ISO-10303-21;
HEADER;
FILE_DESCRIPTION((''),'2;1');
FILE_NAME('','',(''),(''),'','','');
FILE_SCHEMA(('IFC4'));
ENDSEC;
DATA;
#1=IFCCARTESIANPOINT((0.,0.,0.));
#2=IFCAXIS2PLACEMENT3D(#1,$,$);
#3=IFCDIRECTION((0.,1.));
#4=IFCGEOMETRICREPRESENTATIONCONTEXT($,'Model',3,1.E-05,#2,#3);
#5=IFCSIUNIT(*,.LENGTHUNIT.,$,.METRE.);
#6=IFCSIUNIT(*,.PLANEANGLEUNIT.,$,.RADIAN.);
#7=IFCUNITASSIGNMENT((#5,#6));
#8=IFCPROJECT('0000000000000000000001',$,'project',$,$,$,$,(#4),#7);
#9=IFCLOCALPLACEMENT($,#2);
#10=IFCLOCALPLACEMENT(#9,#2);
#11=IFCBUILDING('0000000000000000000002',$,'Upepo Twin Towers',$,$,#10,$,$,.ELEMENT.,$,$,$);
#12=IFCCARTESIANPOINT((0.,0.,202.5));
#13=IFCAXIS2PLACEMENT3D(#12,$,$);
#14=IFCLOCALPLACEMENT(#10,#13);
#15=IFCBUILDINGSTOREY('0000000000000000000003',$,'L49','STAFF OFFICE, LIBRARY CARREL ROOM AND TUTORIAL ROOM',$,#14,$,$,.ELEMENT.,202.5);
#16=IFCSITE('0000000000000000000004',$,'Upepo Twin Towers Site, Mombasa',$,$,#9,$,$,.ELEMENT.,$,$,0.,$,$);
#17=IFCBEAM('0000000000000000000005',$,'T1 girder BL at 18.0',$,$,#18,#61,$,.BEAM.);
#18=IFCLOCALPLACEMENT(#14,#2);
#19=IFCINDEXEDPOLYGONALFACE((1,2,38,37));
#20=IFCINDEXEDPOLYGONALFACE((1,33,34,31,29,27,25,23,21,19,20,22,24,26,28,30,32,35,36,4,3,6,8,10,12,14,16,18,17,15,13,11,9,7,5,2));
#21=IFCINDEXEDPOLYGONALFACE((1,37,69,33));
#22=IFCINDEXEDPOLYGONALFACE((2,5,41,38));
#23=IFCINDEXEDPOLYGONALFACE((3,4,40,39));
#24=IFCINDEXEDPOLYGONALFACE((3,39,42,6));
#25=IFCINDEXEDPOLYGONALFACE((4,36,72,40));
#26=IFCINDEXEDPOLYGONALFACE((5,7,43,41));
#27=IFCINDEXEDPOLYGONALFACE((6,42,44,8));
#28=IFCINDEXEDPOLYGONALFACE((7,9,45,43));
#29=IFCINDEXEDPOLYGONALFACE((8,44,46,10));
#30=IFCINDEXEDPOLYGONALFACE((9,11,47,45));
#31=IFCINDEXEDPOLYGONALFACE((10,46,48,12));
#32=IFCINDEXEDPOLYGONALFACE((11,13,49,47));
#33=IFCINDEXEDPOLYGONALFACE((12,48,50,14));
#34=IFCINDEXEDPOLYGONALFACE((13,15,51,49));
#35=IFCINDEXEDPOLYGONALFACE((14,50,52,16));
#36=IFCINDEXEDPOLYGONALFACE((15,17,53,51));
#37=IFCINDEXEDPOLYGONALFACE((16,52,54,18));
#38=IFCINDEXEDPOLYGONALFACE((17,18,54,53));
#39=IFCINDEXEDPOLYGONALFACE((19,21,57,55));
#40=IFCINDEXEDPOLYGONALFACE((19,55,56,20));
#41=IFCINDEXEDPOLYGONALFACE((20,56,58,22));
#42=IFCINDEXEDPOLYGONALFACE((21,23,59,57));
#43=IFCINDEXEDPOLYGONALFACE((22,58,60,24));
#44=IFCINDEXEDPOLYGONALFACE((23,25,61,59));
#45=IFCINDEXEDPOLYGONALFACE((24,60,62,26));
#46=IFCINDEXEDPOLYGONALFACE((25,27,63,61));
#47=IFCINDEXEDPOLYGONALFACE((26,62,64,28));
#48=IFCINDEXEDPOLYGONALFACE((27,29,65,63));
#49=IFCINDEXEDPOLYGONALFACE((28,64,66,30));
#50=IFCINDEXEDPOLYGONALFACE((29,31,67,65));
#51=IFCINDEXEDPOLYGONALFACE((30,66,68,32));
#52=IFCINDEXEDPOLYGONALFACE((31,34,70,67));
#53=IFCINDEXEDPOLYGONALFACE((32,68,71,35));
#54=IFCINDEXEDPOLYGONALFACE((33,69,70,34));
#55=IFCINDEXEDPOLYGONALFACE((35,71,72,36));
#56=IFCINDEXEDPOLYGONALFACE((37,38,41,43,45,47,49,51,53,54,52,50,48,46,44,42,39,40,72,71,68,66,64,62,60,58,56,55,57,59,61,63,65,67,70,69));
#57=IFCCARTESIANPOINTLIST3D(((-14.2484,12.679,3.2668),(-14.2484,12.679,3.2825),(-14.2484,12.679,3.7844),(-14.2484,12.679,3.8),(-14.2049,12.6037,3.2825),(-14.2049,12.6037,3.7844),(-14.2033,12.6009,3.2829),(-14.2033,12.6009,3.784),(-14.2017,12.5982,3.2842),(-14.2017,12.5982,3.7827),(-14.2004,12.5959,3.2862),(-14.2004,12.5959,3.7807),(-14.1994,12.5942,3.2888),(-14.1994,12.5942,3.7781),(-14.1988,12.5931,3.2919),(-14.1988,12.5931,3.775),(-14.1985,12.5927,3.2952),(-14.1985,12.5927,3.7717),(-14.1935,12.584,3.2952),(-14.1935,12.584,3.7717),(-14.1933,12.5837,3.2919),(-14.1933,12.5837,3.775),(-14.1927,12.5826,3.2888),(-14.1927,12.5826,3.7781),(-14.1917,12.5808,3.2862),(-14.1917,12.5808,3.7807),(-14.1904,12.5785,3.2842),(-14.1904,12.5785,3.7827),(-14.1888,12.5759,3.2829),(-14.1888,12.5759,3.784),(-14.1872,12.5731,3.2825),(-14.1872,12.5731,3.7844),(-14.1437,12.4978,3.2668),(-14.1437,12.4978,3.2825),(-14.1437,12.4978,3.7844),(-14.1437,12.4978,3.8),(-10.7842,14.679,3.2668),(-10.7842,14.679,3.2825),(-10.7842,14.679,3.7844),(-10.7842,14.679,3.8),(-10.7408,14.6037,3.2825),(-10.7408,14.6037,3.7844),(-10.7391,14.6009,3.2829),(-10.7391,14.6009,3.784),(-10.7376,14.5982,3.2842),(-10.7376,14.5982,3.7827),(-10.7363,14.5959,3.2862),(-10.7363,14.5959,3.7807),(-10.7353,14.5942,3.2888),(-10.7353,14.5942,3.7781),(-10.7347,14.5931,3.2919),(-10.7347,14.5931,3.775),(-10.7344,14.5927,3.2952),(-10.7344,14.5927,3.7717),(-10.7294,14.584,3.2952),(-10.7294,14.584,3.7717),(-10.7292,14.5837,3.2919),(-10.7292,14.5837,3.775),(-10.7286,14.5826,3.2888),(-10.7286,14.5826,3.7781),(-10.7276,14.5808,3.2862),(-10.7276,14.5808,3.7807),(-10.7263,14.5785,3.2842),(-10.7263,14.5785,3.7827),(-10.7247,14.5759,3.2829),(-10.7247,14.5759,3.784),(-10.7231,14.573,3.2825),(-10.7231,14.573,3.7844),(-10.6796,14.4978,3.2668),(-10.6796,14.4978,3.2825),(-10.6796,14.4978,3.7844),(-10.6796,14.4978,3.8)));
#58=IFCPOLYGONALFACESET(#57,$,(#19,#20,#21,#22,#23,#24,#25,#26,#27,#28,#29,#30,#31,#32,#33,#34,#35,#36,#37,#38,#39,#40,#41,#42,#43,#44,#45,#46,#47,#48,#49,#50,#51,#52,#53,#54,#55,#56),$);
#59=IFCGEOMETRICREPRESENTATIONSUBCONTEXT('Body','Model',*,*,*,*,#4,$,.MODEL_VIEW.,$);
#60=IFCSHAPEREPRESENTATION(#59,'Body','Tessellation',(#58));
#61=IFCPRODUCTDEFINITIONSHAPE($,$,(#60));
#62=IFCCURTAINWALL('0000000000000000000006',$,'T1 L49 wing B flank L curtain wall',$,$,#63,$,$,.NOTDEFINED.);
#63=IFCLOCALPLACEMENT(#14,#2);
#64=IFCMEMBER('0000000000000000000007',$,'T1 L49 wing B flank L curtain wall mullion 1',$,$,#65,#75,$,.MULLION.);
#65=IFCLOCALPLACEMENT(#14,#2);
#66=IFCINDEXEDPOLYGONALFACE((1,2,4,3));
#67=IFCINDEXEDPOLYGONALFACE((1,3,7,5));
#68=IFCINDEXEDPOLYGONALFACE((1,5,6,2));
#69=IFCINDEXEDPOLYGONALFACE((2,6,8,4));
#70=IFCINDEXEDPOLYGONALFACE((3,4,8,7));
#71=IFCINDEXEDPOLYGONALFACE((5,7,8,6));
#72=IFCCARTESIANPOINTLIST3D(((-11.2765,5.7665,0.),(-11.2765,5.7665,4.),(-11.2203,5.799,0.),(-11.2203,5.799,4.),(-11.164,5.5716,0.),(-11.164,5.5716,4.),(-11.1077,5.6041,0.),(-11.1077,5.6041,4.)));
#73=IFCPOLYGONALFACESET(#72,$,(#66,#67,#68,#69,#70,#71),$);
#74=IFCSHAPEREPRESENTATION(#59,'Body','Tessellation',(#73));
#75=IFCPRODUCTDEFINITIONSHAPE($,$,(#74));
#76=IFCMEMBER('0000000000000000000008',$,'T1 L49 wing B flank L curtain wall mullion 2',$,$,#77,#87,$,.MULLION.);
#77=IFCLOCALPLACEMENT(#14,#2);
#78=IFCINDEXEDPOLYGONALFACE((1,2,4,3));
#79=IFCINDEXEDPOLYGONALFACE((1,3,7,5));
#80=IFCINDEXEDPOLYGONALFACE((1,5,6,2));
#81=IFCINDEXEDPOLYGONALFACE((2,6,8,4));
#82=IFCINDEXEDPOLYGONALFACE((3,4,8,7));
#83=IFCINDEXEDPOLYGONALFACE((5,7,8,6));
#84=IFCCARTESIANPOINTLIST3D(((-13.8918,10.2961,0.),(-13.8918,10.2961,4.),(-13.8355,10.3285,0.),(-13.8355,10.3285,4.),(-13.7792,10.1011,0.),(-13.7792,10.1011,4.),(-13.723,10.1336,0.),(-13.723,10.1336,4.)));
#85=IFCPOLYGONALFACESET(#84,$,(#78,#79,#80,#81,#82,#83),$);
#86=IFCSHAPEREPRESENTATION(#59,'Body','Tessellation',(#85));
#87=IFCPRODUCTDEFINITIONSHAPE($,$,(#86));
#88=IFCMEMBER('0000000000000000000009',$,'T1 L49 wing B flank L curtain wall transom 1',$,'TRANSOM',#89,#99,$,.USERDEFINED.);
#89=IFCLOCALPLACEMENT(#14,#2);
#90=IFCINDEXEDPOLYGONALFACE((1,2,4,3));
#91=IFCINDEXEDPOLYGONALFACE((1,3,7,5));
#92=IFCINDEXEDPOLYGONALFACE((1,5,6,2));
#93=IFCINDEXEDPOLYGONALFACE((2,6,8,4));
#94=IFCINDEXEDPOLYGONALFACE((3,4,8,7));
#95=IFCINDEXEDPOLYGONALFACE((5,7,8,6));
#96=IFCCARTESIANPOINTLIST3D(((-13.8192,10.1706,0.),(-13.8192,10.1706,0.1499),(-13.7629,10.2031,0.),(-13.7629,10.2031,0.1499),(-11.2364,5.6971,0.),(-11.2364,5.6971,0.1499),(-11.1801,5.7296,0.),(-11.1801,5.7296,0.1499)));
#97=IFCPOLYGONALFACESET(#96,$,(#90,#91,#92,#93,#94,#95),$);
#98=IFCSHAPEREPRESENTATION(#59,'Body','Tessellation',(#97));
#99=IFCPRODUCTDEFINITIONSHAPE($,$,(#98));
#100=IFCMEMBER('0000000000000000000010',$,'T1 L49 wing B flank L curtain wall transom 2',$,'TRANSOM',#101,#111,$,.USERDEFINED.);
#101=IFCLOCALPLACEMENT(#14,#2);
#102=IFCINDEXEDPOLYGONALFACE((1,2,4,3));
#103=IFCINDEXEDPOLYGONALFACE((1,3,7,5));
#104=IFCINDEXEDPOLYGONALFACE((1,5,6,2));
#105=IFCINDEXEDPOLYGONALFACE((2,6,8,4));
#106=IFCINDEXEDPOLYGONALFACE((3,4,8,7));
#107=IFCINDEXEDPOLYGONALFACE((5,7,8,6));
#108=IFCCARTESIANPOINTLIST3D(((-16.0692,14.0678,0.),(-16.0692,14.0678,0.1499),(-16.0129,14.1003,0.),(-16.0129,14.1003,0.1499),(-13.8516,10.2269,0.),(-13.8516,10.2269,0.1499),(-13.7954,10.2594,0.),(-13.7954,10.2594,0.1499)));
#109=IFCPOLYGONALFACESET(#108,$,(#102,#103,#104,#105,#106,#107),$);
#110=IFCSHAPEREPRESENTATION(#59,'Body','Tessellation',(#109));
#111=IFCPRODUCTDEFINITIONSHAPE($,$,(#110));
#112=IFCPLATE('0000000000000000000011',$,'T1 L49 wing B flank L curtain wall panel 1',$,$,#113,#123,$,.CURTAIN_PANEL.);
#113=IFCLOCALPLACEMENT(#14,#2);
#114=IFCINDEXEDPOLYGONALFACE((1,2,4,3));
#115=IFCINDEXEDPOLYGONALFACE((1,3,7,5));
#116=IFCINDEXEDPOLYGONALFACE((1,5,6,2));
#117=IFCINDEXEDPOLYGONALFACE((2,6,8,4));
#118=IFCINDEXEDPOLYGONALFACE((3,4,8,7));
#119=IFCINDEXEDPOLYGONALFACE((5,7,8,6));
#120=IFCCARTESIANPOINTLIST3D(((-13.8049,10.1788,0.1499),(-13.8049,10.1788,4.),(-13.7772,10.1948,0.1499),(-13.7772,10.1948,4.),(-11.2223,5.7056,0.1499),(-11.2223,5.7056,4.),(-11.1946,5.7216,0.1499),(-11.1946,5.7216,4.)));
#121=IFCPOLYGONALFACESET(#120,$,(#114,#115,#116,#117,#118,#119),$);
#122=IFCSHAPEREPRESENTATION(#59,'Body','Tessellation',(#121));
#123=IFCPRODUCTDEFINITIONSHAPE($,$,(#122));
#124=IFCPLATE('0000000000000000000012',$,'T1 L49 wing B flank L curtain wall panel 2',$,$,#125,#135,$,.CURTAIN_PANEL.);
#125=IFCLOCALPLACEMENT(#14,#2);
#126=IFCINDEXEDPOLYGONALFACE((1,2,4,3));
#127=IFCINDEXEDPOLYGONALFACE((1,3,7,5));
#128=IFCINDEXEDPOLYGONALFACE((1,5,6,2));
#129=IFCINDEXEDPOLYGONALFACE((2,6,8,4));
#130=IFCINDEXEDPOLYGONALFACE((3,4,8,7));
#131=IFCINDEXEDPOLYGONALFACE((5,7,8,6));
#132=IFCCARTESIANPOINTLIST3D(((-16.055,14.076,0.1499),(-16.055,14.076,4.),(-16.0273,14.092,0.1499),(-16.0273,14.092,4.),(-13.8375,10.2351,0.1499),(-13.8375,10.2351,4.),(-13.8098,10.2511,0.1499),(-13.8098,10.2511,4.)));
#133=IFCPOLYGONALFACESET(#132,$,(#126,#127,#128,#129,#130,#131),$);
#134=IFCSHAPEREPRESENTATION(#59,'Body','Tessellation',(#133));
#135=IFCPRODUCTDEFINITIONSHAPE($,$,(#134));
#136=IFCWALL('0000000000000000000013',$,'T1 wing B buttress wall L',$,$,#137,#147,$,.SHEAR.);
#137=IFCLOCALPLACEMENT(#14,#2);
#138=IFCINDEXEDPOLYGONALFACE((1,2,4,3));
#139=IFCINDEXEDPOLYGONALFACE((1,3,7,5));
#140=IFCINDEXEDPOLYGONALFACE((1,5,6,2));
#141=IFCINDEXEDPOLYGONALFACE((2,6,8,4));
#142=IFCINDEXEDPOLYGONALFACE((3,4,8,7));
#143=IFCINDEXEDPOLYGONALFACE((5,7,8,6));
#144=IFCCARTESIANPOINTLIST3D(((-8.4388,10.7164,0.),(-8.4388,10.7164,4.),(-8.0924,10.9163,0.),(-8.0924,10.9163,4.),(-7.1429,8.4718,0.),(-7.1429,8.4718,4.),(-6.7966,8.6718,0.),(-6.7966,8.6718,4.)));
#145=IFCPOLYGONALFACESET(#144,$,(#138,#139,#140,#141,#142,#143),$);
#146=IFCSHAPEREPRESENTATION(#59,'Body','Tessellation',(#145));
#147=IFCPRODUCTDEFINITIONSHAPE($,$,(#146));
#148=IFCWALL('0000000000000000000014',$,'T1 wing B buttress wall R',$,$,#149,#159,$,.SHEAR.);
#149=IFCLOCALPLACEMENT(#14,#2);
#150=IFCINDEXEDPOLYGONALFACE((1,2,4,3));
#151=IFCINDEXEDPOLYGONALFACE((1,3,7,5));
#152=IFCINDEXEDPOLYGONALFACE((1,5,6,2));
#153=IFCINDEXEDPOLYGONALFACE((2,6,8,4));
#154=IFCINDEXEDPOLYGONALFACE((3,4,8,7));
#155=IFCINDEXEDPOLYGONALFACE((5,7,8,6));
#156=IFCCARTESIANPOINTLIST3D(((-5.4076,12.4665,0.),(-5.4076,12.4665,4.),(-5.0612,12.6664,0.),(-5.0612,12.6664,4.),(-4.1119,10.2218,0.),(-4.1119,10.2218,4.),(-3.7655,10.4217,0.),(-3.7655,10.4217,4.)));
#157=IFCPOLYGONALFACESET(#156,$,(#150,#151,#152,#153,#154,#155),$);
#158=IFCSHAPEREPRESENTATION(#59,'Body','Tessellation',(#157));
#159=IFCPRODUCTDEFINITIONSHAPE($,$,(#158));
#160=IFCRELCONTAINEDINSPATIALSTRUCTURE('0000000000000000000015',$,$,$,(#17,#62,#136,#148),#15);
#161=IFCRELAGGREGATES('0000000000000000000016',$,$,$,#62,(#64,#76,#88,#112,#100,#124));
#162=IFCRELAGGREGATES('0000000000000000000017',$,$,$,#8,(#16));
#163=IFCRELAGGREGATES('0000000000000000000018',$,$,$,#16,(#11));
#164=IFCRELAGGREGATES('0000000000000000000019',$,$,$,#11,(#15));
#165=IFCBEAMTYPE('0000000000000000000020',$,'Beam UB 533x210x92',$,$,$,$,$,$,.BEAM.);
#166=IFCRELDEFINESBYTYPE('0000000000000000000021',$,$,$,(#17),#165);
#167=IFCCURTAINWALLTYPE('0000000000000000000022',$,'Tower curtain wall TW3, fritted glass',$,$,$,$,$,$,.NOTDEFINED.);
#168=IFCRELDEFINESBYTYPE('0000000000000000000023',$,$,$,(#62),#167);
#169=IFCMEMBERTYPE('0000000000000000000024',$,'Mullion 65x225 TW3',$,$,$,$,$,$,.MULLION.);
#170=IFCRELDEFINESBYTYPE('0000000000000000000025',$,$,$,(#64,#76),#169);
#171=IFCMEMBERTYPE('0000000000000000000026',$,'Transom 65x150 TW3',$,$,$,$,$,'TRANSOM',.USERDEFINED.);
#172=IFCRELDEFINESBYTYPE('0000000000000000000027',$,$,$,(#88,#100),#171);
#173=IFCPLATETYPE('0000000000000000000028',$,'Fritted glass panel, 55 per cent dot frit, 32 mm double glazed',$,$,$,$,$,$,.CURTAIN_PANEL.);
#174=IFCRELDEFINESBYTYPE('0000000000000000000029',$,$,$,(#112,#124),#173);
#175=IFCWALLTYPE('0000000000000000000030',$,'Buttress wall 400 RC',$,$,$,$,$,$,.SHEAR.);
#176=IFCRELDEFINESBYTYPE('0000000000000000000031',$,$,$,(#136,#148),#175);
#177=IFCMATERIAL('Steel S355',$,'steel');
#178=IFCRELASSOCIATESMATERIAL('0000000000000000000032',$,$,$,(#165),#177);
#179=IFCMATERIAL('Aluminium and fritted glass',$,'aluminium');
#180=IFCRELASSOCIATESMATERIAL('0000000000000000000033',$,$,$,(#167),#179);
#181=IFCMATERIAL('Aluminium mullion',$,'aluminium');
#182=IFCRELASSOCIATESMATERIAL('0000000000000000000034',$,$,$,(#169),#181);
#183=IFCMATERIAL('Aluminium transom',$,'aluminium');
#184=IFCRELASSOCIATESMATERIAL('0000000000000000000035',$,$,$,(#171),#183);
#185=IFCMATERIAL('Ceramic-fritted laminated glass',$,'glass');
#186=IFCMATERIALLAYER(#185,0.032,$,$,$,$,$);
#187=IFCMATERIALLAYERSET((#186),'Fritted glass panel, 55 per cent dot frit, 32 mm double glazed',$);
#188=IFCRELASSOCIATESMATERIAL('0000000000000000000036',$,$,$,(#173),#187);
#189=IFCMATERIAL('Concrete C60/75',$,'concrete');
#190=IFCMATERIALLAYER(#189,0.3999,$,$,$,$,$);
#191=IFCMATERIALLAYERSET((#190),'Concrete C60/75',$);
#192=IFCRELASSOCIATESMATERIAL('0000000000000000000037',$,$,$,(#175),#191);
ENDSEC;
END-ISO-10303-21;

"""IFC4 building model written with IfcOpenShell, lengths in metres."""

from ifc_helpers import new_model, si_unit, direction, frame, frame_2d, origin, origin_2d, place, context, subcontext, project, spatial, rectangle, i_section, extrude, material, layer, layer_set, material_profile, profile_set, type_object, element, aggregate, save


model = new_model("IFC4")

# Units and contexts
model_context = context("Model", 3, precision=1e-05, world=origin(), true_north=direction((0.0, 1.0)))
body_context = subcontext(model_context, "Body", "Model", "MODEL_VIEW")
ifc_project = project(units=[si_unit("LENGTHUNIT", "METRE"), si_unit("PLANEANGLEUNIT", "RADIAN")], contexts=[model_context])

# Site, building, storey
site_placement = place(None, origin())
site = spatial("IfcSite", under=ifc_project, at=site_placement, Name="Upepo Twin Towers Site, Mombasa", CompositionType="ELEMENT", RefElevation=0.0)
building_placement = place(site_placement, origin())
building = spatial("IfcBuilding", under=site, at=building_placement, Name="Upepo Twin Towers", CompositionType="ELEMENT")
storey_placement = place(building_placement, frame((0.0, 0.0, 202.5)))
storey = spatial("IfcBuildingStorey", under=building, at=storey_placement, Name="L49", Description="STAFF OFFICE, LIBRARY CARREL ROOM AND TUTORIAL ROOM", CompositionType="ELEMENT", Elevation=202.5)

# Beam
ifc_material_1 = material(Name="Steel S355", Category="steel")
ifc_material_profile_1 = material_profile(ifc_material_1, i_section(OverallWidth=0.2092, OverallDepth=0.5332, WebThickness=0.01, FlangeThickness=0.0156, FilletRadius=0.0127, at=origin_2d()), Name="UB 533x210x92")
ifc_profile_set_1 = profile_set([ifc_material_profile_1], Name="Steel S355")
beam_type_1 = type_object("IfcBeamType", Name="Beam UB 533x210x92", PredefinedType="BEAM", material=ifc_profile_set_1)
for number, where, z_axis, x_axis, name in (
    (1, (-14.196, 12.5884, 3.5334), (0.866026, 0.499999, 0.0), (-0.499999, 0.866026, 0.0), "T1 girder BL at 18.0"),
):
    element("IfcBeam", number, at=place(storey_placement, frame(where, z_axis=z_axis, x_axis=x_axis)), inside=storey, type_object=beam_type_1, Name=name, PredefinedType="BEAM", context=body_context, shape_type="SweptSolid", body=[
        extrude(i_section(OverallWidth=0.2092, OverallDepth=0.5332, WebThickness=0.01, FlangeThickness=0.0156, FilletRadius=0.0127, at=origin_2d()), origin(), (0.0, 0.0, 1.0), 4.0),
    ])

# Curtain wall, members, plates
ifc_material_2 = material(Name="Aluminium and fritted glass", Category="aluminium")
curtain_wall_type = type_object("IfcCurtainWallType", Name="Tower curtain wall TW3, fritted glass", PredefinedType="NOTDEFINED", material=ifc_material_2)
curtain_wall_placement = place(storey_placement, origin())
curtain_wall = element("IfcCurtainWall", 2, at=curtain_wall_placement, inside=storey, type_object=curtain_wall_type, Name="T1 L49 wing B flank L curtain wall", PredefinedType="NOTDEFINED")
ifc_material_3 = material(Name="Aluminium mullion", Category="aluminium")
ifc_material_profile_2 = material_profile(ifc_material_3, rectangle(XDim=0.0649, YDim=0.2251, at=origin_2d()), Name="MULLION 65x225")
ifc_profile_set_2 = profile_set([ifc_material_profile_2], Name="Aluminium mullion")
member_type_1 = type_object("IfcMemberType", Name="Mullion 65x225 TW3", PredefinedType="MULLION", material=ifc_profile_set_2)
member_1_placement = place(storey_placement, frame((-11.1921, 5.6853, 0.0), z_axis=(0.0, 0.0, 1.0), x_axis=(-0.866025, -0.5, 0.0)))
member_1 = element("IfcMember", 3, at=member_1_placement, type_object=member_type_1, Name="T1 L49 wing B flank L curtain wall mullion 1", PredefinedType="MULLION", context=body_context, shape_type="SweptSolid", body=[
    extrude(rectangle(XDim=0.0649, YDim=0.2251, at=origin_2d()), origin(), (0.0, 0.0, 1.0), 4.0),
])
member_2_placement = place(storey_placement, frame((-13.8074, 10.2148, 0.0), z_axis=(0.0, 0.0, 1.0), x_axis=(-0.866025, -0.5, 0.0)))
member_2 = element("IfcMember", 4, at=member_2_placement, type_object=member_type_1, Name="T1 L49 wing B flank L curtain wall mullion 2", PredefinedType="MULLION", context=body_context, shape_type="SweptSolid", body=[
    extrude(rectangle(XDim=0.0649, YDim=0.2251, at=origin_2d()), origin(), (0.0, 0.0, 1.0), 4.0),
])
ifc_material_4 = material(Name="Aluminium transom", Category="aluminium")
ifc_material_profile_3 = material_profile(ifc_material_4, rectangle(XDim=0.0649, YDim=0.1499, at=origin_2d()), Name="TRANSOM 65x150")
ifc_profile_set_3 = profile_set([ifc_material_profile_3], Name="Aluminium transom")
member_type_2 = type_object("IfcMemberType", Name="Transom 65x150 TW3", ElementType="TRANSOM", PredefinedType="USERDEFINED", material=ifc_profile_set_3)
member_3_placement = place(storey_placement, frame((-11.2083, 5.7134, 0.075), z_axis=(-0.500007, 0.866021, 0.0), x_axis=(-0.866021, -0.500007, 0.0)))
member_3 = element("IfcMember", 5, at=member_3_placement, type_object=member_type_2, Name="T1 L49 wing B flank L curtain wall transom 1", ObjectType="TRANSOM", PredefinedType="USERDEFINED", context=body_context, shape_type="SweptSolid", body=[
    extrude(rectangle(XDim=0.0649, YDim=0.1499, at=origin_2d()), origin(), (0.0, 0.0, 1.0), 5.1655),
])
member_4_placement = place(storey_placement, frame((-13.8235, 10.2432, 0.075), z_axis=(-0.500005, 0.866022, 0.0), x_axis=(-0.866022, -0.500005, 0.0)))
member_4 = element("IfcMember", 6, at=member_4_placement, type_object=member_type_2, Name="T1 L49 wing B flank L curtain wall transom 2", ObjectType="TRANSOM", PredefinedType="USERDEFINED", context=body_context, shape_type="SweptSolid", body=[
    extrude(rectangle(XDim=0.0649, YDim=0.1499, at=origin_2d()), origin(), (0.0, 0.0, 1.0), 4.4351),
])
ifc_material_5 = material(Name="Ceramic-fritted laminated glass", Category="glass")
ifc_layer_1 = layer(ifc_material_5, 0.032)
ifc_layer_set_1 = layer_set([ifc_layer_1], Name="Fritted glass panel, 55 per cent dot frit, 32 mm double glazed")
plate_type = type_object("IfcPlateType", Name="Fritted glass panel, 55 per cent dot frit, 32 mm double glazed", PredefinedType="CURTAIN_PANEL", material=ifc_layer_set_1)
plate_1_placement = place(storey_placement, frame((-12.4998, 7.9502, 0.1499), z_axis=(0.0, 0.0, 1.0), x_axis=(-0.5, 0.866025, 0.0)))
plate_1 = element("IfcPlate", 7, at=plate_1_placement, type_object=plate_type, Name="T1 L49 wing B flank L curtain wall panel 1", PredefinedType="CURTAIN_PANEL", context=body_context, shape_type="SweptSolid", body=[
    extrude(rectangle(XDim=5.1653, YDim=0.032, at=origin_2d()), origin(), (0.0, 0.0, 1.0), 3.8501),
])
plate_2_placement = place(storey_placement, frame((-14.9324, 12.1636, 0.1499), z_axis=(0.0, 0.0, 1.0), x_axis=(-0.5, 0.866025, 0.0)))
plate_2 = element("IfcPlate", 8, at=plate_2_placement, type_object=plate_type, Name="T1 L49 wing B flank L curtain wall panel 2", PredefinedType="CURTAIN_PANEL", context=body_context, shape_type="SweptSolid", body=[
    extrude(rectangle(XDim=4.4351, YDim=0.032, at=origin_2d()), origin(), (0.0, 0.0, 1.0), 3.8501),
])
aggregate(curtain_wall, [member_1, member_2, member_3, plate_1, member_4, plate_2])

# Walls
ifc_material_6 = material(Name="Concrete C60/75", Category="concrete")
ifc_layer_2 = layer(ifc_material_6, 0.3999)
ifc_layer_set_2 = layer_set([ifc_layer_2], Name="Concrete C60/75")
wall_type_1 = type_object("IfcWallType", Name="Buttress wall 400 RC", PredefinedType="SHEAR", material=ifc_layer_set_2)
for number, where, z_axis, x_axis, name in (
    (9, (-6.9697, 8.5718, 0.0), (0.0, 0.0, 1.0), (-0.499989, 0.866032, 0.0), "T1 wing B buttress wall L"),
    (10, (-3.9387, 10.3218, 0.0), (0.0, 0.0, 1.0), (-0.499918, 0.866073, 0.0), "T1 wing B buttress wall R"),
):
    element("IfcWall", number, at=place(storey_placement, frame(where, z_axis=z_axis, x_axis=x_axis)), inside=storey, type_object=wall_type_1, Name=name, PredefinedType="SHEAR", context=body_context, shape_type="SweptSolid", body=[
        extrude(rectangle(XDim=2.5918, YDim=0.3999, at=frame_2d((1.2959, 0.0))), origin(), (0.0, 0.0, 1.0), 4.0),
    ])

save(model, "model.ifc")
